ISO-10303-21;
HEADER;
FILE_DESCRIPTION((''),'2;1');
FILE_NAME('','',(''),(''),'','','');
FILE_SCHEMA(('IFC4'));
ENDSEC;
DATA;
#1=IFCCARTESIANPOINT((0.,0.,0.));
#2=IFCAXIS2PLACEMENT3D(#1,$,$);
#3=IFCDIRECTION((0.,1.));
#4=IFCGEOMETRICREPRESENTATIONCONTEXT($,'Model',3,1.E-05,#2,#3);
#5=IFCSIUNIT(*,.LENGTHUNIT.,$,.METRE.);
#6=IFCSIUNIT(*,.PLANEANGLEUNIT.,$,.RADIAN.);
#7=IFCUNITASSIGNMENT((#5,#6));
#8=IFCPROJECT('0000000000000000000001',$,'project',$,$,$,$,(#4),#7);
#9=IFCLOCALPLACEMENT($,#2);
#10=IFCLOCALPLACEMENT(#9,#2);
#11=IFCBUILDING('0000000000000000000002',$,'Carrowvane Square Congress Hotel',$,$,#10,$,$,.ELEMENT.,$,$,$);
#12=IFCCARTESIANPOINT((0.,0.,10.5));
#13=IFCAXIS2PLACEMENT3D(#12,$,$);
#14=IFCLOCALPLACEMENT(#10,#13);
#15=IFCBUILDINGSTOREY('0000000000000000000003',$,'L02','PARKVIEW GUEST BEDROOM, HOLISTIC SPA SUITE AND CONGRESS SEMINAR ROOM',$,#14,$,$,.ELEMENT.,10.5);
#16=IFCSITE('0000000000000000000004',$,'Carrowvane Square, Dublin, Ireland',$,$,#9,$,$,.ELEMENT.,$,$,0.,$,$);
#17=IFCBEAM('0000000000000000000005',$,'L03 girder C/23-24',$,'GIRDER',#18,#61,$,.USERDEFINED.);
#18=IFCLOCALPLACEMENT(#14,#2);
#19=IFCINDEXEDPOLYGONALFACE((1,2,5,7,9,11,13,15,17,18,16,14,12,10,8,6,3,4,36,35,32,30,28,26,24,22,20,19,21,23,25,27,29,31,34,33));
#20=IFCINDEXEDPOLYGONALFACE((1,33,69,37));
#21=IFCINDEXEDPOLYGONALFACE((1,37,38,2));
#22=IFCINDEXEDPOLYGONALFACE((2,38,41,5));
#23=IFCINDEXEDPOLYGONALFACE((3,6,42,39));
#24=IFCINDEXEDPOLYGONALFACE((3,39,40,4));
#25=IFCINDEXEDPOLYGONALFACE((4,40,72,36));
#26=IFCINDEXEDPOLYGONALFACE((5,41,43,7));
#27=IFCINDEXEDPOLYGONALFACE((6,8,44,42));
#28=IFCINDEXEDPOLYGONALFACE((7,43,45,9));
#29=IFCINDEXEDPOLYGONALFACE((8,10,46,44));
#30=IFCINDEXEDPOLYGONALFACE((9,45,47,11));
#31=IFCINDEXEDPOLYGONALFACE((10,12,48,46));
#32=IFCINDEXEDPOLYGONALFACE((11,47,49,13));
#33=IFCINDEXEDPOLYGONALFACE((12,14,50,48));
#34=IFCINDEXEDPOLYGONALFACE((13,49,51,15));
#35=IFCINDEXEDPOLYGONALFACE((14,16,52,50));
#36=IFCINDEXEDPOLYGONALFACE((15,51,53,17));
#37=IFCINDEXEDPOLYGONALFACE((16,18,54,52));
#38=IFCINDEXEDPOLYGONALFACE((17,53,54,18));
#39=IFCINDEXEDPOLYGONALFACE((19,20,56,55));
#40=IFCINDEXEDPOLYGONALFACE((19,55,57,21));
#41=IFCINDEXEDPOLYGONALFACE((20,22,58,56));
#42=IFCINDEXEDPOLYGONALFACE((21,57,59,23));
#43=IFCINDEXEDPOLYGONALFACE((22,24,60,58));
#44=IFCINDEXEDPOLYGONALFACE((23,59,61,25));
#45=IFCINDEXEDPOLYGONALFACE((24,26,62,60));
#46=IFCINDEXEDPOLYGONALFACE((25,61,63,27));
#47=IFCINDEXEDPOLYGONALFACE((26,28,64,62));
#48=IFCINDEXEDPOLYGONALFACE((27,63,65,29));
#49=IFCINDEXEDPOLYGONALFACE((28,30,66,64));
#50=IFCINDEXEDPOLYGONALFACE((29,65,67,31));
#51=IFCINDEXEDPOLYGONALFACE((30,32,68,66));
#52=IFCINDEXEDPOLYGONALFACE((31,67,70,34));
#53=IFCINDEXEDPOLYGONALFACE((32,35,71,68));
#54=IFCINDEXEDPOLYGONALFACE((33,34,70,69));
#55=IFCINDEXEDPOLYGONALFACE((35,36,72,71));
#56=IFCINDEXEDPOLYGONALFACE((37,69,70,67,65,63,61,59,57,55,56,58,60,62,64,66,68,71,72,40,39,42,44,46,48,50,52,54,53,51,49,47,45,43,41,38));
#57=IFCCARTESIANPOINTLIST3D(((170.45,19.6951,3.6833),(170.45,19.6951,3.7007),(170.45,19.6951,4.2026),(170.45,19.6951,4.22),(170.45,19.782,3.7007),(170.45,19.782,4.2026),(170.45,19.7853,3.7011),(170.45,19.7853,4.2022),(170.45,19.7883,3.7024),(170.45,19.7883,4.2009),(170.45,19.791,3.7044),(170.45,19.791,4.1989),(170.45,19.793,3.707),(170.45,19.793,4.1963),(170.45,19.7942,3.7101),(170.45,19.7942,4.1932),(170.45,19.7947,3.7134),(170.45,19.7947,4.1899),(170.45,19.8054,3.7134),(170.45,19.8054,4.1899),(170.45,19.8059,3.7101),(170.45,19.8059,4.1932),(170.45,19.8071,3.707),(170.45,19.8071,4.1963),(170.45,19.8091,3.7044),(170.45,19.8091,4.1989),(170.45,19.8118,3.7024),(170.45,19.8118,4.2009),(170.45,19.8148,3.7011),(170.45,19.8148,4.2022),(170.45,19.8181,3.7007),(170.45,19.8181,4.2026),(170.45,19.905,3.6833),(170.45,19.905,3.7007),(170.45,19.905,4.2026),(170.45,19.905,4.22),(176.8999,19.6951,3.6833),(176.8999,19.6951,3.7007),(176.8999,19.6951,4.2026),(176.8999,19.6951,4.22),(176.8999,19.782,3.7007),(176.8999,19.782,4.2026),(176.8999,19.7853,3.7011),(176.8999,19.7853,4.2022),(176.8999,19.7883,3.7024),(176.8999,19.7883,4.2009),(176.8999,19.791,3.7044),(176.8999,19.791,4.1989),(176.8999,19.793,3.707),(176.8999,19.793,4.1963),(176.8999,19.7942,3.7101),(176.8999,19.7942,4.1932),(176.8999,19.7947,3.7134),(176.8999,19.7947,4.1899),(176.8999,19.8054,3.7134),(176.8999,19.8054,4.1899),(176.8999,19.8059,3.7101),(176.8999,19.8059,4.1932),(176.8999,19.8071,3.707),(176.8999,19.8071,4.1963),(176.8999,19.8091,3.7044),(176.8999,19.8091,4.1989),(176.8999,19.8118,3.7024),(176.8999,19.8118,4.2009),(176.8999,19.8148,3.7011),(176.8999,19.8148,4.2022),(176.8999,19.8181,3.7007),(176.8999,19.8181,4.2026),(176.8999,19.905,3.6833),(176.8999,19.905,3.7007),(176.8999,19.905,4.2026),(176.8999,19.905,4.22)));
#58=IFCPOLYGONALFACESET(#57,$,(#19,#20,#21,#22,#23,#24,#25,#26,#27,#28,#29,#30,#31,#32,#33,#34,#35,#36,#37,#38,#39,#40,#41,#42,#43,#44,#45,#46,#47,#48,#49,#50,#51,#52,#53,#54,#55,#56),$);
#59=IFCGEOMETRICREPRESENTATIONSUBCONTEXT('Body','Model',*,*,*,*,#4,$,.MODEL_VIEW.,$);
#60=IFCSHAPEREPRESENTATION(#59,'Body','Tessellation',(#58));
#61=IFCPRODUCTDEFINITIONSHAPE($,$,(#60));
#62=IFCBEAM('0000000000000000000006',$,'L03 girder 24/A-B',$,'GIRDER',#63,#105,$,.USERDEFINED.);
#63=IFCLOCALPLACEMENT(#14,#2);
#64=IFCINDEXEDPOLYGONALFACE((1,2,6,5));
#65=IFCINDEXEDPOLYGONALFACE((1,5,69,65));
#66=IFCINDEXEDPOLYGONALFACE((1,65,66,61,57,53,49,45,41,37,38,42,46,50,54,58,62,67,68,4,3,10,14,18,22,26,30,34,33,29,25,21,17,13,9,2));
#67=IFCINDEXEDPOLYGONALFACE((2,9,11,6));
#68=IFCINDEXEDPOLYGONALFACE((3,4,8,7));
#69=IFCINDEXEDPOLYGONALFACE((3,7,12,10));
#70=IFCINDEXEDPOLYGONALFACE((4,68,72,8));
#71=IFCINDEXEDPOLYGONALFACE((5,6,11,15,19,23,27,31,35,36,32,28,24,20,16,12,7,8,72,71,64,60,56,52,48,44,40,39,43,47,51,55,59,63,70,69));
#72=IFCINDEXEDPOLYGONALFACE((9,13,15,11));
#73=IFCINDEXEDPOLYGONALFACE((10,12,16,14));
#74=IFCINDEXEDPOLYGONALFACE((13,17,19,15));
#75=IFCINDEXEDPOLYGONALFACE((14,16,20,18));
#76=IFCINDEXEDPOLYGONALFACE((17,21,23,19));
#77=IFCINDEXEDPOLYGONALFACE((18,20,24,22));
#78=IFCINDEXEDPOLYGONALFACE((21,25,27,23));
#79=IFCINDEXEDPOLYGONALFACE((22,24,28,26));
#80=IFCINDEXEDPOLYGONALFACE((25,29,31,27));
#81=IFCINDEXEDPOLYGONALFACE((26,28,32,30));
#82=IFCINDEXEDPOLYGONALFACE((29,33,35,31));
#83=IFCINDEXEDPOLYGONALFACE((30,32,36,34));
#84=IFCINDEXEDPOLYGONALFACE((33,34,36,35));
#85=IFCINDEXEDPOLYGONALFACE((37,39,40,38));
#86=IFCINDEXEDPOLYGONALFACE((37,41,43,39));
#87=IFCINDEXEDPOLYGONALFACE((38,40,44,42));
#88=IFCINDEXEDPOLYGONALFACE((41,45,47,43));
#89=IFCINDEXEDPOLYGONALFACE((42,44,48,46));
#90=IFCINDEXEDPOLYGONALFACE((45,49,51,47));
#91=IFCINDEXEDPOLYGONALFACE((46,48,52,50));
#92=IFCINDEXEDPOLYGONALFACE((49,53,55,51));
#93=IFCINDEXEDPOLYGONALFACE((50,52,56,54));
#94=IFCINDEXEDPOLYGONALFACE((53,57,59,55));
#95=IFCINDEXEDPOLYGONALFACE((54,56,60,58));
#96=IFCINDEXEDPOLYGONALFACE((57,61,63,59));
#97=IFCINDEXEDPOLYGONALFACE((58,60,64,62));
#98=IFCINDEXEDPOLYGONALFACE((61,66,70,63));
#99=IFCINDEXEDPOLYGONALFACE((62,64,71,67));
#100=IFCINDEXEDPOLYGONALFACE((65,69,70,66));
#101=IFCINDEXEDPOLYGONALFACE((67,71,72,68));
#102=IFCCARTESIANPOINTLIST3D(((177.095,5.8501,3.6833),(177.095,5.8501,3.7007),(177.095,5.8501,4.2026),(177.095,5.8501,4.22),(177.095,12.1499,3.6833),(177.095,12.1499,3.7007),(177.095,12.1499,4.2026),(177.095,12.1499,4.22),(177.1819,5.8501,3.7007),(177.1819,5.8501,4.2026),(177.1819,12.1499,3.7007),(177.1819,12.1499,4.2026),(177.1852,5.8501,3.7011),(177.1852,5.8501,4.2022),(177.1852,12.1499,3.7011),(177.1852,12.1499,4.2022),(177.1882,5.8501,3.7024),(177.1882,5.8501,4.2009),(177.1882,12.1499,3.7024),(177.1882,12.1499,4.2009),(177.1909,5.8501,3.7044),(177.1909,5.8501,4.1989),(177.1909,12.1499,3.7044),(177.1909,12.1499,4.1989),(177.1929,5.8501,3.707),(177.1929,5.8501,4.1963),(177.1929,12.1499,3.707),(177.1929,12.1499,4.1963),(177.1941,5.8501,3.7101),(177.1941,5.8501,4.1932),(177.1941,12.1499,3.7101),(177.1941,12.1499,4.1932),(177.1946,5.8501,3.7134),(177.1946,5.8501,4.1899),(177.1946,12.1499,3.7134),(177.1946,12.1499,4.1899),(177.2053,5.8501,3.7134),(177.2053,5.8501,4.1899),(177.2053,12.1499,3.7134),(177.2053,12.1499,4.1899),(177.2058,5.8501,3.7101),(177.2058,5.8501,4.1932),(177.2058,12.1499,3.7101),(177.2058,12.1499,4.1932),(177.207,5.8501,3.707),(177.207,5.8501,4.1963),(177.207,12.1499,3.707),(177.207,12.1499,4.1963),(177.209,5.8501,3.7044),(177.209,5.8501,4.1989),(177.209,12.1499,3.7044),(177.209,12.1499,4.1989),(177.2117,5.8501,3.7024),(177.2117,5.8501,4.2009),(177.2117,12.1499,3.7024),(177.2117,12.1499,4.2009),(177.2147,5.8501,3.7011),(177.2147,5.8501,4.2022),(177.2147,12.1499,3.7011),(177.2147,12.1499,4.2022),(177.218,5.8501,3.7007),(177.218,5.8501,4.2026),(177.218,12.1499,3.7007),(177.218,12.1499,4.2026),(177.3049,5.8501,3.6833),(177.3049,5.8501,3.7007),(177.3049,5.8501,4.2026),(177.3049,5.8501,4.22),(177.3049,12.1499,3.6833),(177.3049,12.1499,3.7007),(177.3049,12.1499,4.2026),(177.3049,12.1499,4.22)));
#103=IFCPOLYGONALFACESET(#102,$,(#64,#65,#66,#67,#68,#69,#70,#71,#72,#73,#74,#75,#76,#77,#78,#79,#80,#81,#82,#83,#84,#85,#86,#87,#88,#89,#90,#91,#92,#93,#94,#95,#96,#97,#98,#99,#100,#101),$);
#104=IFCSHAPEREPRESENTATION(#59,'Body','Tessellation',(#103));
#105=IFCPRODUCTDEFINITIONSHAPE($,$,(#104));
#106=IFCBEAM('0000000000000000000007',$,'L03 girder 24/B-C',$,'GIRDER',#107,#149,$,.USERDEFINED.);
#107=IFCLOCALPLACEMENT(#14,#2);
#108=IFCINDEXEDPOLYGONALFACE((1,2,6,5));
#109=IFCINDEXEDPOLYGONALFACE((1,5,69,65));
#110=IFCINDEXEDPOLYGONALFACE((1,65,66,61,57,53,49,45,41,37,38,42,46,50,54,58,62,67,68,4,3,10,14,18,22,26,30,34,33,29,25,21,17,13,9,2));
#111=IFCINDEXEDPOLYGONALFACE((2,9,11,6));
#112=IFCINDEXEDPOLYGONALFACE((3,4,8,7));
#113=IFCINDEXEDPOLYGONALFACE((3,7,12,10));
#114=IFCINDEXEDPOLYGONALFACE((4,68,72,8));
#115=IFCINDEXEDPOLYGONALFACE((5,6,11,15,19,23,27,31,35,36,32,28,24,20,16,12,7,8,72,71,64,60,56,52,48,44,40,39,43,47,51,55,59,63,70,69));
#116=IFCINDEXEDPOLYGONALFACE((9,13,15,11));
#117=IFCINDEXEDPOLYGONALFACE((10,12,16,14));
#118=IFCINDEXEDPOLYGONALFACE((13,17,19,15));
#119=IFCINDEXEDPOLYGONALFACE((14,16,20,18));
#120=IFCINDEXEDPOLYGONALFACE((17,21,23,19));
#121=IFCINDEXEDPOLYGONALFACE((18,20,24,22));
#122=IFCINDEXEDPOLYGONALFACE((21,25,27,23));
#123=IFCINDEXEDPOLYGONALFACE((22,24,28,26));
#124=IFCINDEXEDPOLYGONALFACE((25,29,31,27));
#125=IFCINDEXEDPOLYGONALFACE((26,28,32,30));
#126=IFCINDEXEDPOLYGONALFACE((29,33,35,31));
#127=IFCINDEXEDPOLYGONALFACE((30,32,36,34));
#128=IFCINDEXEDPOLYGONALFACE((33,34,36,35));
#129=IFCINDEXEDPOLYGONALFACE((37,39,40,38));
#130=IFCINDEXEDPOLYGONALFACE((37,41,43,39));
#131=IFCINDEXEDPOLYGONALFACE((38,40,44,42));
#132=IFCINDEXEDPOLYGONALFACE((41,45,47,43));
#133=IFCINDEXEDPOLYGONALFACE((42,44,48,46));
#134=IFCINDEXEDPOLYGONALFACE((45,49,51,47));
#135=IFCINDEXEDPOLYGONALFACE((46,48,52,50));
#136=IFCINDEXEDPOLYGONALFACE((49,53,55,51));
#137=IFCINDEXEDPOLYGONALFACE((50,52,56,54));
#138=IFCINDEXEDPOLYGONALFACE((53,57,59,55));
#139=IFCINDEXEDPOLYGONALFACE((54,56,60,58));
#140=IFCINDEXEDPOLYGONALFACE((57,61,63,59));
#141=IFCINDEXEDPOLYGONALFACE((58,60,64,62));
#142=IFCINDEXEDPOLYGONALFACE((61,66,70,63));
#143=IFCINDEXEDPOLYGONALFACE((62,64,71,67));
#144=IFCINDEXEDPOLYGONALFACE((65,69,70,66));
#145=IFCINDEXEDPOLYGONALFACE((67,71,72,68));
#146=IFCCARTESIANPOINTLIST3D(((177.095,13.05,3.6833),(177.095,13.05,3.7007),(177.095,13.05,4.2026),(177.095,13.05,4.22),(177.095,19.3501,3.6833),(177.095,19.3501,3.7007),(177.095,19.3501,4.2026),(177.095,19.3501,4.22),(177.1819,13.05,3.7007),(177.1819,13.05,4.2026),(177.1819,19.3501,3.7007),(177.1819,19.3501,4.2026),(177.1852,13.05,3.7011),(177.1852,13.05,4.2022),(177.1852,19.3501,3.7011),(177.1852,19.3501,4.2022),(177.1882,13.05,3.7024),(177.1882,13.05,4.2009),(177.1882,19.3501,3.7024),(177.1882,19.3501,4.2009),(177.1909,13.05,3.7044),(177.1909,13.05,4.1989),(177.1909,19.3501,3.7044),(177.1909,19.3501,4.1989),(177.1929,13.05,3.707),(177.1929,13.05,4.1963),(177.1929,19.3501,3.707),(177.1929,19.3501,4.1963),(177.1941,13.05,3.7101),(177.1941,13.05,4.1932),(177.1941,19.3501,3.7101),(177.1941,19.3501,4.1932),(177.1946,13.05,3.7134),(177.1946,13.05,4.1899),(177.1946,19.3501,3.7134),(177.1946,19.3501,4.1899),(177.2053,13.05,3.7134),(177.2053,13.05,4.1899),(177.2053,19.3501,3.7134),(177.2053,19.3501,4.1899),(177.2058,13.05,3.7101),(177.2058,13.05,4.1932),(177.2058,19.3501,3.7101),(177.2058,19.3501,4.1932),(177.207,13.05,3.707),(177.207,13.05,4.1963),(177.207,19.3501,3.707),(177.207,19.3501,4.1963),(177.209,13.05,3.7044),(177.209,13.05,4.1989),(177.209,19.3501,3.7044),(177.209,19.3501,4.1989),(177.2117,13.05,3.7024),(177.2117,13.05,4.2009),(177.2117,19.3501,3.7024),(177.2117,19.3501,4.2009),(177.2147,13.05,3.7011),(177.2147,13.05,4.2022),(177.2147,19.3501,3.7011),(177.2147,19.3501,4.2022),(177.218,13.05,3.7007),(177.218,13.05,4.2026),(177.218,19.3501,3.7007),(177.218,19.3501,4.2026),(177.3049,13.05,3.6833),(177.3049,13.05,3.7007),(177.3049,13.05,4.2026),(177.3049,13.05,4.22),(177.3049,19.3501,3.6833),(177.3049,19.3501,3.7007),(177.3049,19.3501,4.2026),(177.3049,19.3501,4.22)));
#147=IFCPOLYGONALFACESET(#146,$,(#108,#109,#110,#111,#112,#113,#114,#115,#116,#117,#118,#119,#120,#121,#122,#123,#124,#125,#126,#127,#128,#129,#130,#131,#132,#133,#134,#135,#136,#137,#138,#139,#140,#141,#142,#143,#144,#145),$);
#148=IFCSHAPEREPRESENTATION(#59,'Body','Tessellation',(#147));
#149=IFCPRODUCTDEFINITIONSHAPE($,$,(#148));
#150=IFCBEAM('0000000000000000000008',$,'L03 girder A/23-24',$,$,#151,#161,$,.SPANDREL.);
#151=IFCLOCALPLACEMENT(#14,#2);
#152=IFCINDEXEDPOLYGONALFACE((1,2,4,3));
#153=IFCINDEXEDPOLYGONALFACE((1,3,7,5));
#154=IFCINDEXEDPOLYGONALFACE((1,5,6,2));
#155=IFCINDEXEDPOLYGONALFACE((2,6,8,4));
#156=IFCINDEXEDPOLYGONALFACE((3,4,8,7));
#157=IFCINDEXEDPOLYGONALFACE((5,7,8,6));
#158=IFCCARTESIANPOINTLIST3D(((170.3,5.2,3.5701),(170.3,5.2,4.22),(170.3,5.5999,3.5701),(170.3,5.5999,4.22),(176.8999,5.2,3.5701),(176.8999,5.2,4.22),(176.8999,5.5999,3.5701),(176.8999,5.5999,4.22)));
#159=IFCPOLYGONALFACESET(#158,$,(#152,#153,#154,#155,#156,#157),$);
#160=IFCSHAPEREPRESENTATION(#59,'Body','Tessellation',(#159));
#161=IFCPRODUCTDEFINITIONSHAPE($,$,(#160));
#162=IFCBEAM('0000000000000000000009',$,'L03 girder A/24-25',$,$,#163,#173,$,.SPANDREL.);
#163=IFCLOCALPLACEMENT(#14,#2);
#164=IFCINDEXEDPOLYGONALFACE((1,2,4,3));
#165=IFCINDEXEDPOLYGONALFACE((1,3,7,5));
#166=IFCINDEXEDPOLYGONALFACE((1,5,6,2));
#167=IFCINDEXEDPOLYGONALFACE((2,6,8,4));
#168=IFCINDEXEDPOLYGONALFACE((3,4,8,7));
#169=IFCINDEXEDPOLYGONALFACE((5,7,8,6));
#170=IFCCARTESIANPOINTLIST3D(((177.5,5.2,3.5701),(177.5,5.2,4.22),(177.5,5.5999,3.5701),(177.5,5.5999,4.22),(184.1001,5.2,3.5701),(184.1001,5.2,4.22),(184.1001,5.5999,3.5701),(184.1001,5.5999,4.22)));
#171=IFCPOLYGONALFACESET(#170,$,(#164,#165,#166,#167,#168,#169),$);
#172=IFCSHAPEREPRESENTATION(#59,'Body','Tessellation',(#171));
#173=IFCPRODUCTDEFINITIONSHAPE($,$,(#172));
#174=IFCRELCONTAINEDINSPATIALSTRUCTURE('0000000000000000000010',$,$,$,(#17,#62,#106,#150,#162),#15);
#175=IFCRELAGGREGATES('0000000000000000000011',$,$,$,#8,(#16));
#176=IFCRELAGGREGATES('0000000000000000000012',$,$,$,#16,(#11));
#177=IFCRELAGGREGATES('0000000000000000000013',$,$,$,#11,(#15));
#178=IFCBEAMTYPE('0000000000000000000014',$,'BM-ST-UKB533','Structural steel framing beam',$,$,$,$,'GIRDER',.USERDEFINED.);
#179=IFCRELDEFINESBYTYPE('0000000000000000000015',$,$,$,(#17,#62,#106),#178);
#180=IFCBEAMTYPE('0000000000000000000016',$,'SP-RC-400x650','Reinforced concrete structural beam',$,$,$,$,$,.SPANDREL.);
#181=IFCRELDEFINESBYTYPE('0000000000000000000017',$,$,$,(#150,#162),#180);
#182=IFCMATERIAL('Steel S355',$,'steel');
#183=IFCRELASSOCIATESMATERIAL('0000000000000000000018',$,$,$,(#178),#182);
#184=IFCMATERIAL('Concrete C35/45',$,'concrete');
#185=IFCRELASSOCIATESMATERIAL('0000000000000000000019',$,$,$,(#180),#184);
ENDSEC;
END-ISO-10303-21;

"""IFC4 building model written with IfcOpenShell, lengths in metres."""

from ifc_helpers import new_model, si_unit, direction, frame, origin, origin_2d, place, context, subcontext, project, spatial, rectangle, i_section, extrude, material, material_profile, profile_set, type_object, element, save


model = new_model("IFC4")

# Units and contexts
model_context = context("Model", 3, precision=1e-05, world=origin(), true_north=direction((0.0, 1.0)))
body_context = subcontext(model_context, "Body", "Model", "MODEL_VIEW")
ifc_project = project(units=[si_unit("LENGTHUNIT", "METRE"), si_unit("PLANEANGLEUNIT", "RADIAN")], contexts=[model_context])

# Site, building, storey
site_placement = place(None, origin())
site = spatial("IfcSite", under=ifc_project, at=site_placement, Name="Carrowvane Square, Dublin, Ireland", CompositionType="ELEMENT", RefElevation=0.0)
building_placement = place(site_placement, origin())
building = spatial("IfcBuilding", under=site, at=building_placement, Name="Carrowvane Square Congress Hotel", CompositionType="ELEMENT")
storey_placement = place(building_placement, frame((0.0, 0.0, 10.5)))
storey = spatial("IfcBuildingStorey", under=building, at=storey_placement, Name="L02", Description="PARKVIEW GUEST BEDROOM, HOLISTIC SPA SUITE AND CONGRESS SEMINAR ROOM", CompositionType="ELEMENT", Elevation=10.5)

# Beams
ifc_material_1 = material(Name="Steel S355", Category="steel")
ifc_material_profile_1 = material_profile(ifc_material_1, i_section(OverallWidth=0.21, OverallDepth=0.5366, WebThickness=0.0107, FlangeThickness=0.0173, FilletRadius=0.0127, at=origin_2d()), Name="UKB 533x210x101")
ifc_profile_set_1 = profile_set([ifc_material_profile_1], Name="Steel S355")
beam_type_1 = type_object("IfcBeamType", Name="BM-ST-UKB533", Description="Structural steel framing beam", ElementType="GIRDER", PredefinedType="USERDEFINED", material=ifc_profile_set_1)
beam_1_placement = place(storey_placement, frame((170.45, 19.8, 3.9517), z_axis=(1.0, 0.0, 0.0), x_axis=(0.0, 1.0, 0.0)))
element("IfcBeam", 1, at=beam_1_placement, inside=storey, type_object=beam_type_1, Name="L03 girder C/23-24", ObjectType="GIRDER", PredefinedType="USERDEFINED", context=body_context, shape_type="SweptSolid", body=[
    extrude(i_section(OverallWidth=0.21, OverallDepth=0.5366, WebThickness=0.0107, FlangeThickness=0.0173, FilletRadius=0.0127, at=origin_2d()), origin(), (0.0, 0.0, 1.0), 6.45),
])
beam_2_placement = place(storey_placement, frame((177.2, 5.8501, 3.9517), z_axis=(0.0, 1.0, 0.0), x_axis=(-1.0, 0.0, 0.0)))
element("IfcBeam", 2, at=beam_2_placement, inside=storey, type_object=beam_type_1, Name="L03 girder 24/A-B", ObjectType="GIRDER", PredefinedType="USERDEFINED", context=body_context, shape_type="SweptSolid", body=[
    extrude(i_section(OverallWidth=0.21, OverallDepth=0.5366, WebThickness=0.0107, FlangeThickness=0.0173, FilletRadius=0.0127, at=origin_2d()), origin(), (0.0, 0.0, 1.0), 6.2998),
])
beam_3_placement = place(storey_placement, frame((177.2, 13.05, 3.9517), z_axis=(0.0, 1.0, 0.0), x_axis=(-1.0, 0.0, 0.0)))
element("IfcBeam", 3, at=beam_3_placement, inside=storey, type_object=beam_type_1, Name="L03 girder 24/B-C", ObjectType="GIRDER", PredefinedType="USERDEFINED", context=body_context, shape_type="SweptSolid", body=[
    extrude(i_section(OverallWidth=0.21, OverallDepth=0.5366, WebThickness=0.0107, FlangeThickness=0.0173, FilletRadius=0.0127, at=origin_2d()), origin(), (0.0, 0.0, 1.0), 6.3),
])
ifc_material_2 = material(Name="Concrete C35/45", Category="concrete")
ifc_material_profile_2 = material_profile(ifc_material_2, rectangle(XDim=0.3999, YDim=0.6499, at=origin_2d()), Name="RC 400x650")
ifc_profile_set_2 = profile_set([ifc_material_profile_2], Name="Concrete C35/45")
beam_type_2 = type_object("IfcBeamType", Name="SP-RC-400x650", Description="Reinforced concrete structural beam", PredefinedType="SPANDREL", material=ifc_profile_set_2)
beam_4_placement = place(storey_placement, frame((170.3, 5.3999, 3.895), z_axis=(1.0, 0.0, 0.0), x_axis=(0.0, 1.0, 0.0)))
element("IfcBeam", 4, at=beam_4_placement, inside=storey, type_object=beam_type_2, Name="L03 girder A/23-24", PredefinedType="SPANDREL", context=body_context, shape_type="SweptSolid", body=[
    extrude(rectangle(XDim=0.3999, YDim=0.6499, at=origin_2d()), origin(), (0.0, 0.0, 1.0), 6.5999),
])
beam_5_placement = place(storey_placement, frame((177.5, 5.3999, 3.895), z_axis=(1.0, 0.0, 0.0), x_axis=(0.0, 1.0, 0.0)))
element("IfcBeam", 5, at=beam_5_placement, inside=storey, type_object=beam_type_2, Name="L03 girder A/24-25", PredefinedType="SPANDREL", context=body_context, shape_type="SweptSolid", body=[
    extrude(rectangle(XDim=0.3999, YDim=0.6499, at=origin_2d()), origin(), (0.0, 0.0, 1.0), 6.6001),
])

save(model, "model.ifc")
